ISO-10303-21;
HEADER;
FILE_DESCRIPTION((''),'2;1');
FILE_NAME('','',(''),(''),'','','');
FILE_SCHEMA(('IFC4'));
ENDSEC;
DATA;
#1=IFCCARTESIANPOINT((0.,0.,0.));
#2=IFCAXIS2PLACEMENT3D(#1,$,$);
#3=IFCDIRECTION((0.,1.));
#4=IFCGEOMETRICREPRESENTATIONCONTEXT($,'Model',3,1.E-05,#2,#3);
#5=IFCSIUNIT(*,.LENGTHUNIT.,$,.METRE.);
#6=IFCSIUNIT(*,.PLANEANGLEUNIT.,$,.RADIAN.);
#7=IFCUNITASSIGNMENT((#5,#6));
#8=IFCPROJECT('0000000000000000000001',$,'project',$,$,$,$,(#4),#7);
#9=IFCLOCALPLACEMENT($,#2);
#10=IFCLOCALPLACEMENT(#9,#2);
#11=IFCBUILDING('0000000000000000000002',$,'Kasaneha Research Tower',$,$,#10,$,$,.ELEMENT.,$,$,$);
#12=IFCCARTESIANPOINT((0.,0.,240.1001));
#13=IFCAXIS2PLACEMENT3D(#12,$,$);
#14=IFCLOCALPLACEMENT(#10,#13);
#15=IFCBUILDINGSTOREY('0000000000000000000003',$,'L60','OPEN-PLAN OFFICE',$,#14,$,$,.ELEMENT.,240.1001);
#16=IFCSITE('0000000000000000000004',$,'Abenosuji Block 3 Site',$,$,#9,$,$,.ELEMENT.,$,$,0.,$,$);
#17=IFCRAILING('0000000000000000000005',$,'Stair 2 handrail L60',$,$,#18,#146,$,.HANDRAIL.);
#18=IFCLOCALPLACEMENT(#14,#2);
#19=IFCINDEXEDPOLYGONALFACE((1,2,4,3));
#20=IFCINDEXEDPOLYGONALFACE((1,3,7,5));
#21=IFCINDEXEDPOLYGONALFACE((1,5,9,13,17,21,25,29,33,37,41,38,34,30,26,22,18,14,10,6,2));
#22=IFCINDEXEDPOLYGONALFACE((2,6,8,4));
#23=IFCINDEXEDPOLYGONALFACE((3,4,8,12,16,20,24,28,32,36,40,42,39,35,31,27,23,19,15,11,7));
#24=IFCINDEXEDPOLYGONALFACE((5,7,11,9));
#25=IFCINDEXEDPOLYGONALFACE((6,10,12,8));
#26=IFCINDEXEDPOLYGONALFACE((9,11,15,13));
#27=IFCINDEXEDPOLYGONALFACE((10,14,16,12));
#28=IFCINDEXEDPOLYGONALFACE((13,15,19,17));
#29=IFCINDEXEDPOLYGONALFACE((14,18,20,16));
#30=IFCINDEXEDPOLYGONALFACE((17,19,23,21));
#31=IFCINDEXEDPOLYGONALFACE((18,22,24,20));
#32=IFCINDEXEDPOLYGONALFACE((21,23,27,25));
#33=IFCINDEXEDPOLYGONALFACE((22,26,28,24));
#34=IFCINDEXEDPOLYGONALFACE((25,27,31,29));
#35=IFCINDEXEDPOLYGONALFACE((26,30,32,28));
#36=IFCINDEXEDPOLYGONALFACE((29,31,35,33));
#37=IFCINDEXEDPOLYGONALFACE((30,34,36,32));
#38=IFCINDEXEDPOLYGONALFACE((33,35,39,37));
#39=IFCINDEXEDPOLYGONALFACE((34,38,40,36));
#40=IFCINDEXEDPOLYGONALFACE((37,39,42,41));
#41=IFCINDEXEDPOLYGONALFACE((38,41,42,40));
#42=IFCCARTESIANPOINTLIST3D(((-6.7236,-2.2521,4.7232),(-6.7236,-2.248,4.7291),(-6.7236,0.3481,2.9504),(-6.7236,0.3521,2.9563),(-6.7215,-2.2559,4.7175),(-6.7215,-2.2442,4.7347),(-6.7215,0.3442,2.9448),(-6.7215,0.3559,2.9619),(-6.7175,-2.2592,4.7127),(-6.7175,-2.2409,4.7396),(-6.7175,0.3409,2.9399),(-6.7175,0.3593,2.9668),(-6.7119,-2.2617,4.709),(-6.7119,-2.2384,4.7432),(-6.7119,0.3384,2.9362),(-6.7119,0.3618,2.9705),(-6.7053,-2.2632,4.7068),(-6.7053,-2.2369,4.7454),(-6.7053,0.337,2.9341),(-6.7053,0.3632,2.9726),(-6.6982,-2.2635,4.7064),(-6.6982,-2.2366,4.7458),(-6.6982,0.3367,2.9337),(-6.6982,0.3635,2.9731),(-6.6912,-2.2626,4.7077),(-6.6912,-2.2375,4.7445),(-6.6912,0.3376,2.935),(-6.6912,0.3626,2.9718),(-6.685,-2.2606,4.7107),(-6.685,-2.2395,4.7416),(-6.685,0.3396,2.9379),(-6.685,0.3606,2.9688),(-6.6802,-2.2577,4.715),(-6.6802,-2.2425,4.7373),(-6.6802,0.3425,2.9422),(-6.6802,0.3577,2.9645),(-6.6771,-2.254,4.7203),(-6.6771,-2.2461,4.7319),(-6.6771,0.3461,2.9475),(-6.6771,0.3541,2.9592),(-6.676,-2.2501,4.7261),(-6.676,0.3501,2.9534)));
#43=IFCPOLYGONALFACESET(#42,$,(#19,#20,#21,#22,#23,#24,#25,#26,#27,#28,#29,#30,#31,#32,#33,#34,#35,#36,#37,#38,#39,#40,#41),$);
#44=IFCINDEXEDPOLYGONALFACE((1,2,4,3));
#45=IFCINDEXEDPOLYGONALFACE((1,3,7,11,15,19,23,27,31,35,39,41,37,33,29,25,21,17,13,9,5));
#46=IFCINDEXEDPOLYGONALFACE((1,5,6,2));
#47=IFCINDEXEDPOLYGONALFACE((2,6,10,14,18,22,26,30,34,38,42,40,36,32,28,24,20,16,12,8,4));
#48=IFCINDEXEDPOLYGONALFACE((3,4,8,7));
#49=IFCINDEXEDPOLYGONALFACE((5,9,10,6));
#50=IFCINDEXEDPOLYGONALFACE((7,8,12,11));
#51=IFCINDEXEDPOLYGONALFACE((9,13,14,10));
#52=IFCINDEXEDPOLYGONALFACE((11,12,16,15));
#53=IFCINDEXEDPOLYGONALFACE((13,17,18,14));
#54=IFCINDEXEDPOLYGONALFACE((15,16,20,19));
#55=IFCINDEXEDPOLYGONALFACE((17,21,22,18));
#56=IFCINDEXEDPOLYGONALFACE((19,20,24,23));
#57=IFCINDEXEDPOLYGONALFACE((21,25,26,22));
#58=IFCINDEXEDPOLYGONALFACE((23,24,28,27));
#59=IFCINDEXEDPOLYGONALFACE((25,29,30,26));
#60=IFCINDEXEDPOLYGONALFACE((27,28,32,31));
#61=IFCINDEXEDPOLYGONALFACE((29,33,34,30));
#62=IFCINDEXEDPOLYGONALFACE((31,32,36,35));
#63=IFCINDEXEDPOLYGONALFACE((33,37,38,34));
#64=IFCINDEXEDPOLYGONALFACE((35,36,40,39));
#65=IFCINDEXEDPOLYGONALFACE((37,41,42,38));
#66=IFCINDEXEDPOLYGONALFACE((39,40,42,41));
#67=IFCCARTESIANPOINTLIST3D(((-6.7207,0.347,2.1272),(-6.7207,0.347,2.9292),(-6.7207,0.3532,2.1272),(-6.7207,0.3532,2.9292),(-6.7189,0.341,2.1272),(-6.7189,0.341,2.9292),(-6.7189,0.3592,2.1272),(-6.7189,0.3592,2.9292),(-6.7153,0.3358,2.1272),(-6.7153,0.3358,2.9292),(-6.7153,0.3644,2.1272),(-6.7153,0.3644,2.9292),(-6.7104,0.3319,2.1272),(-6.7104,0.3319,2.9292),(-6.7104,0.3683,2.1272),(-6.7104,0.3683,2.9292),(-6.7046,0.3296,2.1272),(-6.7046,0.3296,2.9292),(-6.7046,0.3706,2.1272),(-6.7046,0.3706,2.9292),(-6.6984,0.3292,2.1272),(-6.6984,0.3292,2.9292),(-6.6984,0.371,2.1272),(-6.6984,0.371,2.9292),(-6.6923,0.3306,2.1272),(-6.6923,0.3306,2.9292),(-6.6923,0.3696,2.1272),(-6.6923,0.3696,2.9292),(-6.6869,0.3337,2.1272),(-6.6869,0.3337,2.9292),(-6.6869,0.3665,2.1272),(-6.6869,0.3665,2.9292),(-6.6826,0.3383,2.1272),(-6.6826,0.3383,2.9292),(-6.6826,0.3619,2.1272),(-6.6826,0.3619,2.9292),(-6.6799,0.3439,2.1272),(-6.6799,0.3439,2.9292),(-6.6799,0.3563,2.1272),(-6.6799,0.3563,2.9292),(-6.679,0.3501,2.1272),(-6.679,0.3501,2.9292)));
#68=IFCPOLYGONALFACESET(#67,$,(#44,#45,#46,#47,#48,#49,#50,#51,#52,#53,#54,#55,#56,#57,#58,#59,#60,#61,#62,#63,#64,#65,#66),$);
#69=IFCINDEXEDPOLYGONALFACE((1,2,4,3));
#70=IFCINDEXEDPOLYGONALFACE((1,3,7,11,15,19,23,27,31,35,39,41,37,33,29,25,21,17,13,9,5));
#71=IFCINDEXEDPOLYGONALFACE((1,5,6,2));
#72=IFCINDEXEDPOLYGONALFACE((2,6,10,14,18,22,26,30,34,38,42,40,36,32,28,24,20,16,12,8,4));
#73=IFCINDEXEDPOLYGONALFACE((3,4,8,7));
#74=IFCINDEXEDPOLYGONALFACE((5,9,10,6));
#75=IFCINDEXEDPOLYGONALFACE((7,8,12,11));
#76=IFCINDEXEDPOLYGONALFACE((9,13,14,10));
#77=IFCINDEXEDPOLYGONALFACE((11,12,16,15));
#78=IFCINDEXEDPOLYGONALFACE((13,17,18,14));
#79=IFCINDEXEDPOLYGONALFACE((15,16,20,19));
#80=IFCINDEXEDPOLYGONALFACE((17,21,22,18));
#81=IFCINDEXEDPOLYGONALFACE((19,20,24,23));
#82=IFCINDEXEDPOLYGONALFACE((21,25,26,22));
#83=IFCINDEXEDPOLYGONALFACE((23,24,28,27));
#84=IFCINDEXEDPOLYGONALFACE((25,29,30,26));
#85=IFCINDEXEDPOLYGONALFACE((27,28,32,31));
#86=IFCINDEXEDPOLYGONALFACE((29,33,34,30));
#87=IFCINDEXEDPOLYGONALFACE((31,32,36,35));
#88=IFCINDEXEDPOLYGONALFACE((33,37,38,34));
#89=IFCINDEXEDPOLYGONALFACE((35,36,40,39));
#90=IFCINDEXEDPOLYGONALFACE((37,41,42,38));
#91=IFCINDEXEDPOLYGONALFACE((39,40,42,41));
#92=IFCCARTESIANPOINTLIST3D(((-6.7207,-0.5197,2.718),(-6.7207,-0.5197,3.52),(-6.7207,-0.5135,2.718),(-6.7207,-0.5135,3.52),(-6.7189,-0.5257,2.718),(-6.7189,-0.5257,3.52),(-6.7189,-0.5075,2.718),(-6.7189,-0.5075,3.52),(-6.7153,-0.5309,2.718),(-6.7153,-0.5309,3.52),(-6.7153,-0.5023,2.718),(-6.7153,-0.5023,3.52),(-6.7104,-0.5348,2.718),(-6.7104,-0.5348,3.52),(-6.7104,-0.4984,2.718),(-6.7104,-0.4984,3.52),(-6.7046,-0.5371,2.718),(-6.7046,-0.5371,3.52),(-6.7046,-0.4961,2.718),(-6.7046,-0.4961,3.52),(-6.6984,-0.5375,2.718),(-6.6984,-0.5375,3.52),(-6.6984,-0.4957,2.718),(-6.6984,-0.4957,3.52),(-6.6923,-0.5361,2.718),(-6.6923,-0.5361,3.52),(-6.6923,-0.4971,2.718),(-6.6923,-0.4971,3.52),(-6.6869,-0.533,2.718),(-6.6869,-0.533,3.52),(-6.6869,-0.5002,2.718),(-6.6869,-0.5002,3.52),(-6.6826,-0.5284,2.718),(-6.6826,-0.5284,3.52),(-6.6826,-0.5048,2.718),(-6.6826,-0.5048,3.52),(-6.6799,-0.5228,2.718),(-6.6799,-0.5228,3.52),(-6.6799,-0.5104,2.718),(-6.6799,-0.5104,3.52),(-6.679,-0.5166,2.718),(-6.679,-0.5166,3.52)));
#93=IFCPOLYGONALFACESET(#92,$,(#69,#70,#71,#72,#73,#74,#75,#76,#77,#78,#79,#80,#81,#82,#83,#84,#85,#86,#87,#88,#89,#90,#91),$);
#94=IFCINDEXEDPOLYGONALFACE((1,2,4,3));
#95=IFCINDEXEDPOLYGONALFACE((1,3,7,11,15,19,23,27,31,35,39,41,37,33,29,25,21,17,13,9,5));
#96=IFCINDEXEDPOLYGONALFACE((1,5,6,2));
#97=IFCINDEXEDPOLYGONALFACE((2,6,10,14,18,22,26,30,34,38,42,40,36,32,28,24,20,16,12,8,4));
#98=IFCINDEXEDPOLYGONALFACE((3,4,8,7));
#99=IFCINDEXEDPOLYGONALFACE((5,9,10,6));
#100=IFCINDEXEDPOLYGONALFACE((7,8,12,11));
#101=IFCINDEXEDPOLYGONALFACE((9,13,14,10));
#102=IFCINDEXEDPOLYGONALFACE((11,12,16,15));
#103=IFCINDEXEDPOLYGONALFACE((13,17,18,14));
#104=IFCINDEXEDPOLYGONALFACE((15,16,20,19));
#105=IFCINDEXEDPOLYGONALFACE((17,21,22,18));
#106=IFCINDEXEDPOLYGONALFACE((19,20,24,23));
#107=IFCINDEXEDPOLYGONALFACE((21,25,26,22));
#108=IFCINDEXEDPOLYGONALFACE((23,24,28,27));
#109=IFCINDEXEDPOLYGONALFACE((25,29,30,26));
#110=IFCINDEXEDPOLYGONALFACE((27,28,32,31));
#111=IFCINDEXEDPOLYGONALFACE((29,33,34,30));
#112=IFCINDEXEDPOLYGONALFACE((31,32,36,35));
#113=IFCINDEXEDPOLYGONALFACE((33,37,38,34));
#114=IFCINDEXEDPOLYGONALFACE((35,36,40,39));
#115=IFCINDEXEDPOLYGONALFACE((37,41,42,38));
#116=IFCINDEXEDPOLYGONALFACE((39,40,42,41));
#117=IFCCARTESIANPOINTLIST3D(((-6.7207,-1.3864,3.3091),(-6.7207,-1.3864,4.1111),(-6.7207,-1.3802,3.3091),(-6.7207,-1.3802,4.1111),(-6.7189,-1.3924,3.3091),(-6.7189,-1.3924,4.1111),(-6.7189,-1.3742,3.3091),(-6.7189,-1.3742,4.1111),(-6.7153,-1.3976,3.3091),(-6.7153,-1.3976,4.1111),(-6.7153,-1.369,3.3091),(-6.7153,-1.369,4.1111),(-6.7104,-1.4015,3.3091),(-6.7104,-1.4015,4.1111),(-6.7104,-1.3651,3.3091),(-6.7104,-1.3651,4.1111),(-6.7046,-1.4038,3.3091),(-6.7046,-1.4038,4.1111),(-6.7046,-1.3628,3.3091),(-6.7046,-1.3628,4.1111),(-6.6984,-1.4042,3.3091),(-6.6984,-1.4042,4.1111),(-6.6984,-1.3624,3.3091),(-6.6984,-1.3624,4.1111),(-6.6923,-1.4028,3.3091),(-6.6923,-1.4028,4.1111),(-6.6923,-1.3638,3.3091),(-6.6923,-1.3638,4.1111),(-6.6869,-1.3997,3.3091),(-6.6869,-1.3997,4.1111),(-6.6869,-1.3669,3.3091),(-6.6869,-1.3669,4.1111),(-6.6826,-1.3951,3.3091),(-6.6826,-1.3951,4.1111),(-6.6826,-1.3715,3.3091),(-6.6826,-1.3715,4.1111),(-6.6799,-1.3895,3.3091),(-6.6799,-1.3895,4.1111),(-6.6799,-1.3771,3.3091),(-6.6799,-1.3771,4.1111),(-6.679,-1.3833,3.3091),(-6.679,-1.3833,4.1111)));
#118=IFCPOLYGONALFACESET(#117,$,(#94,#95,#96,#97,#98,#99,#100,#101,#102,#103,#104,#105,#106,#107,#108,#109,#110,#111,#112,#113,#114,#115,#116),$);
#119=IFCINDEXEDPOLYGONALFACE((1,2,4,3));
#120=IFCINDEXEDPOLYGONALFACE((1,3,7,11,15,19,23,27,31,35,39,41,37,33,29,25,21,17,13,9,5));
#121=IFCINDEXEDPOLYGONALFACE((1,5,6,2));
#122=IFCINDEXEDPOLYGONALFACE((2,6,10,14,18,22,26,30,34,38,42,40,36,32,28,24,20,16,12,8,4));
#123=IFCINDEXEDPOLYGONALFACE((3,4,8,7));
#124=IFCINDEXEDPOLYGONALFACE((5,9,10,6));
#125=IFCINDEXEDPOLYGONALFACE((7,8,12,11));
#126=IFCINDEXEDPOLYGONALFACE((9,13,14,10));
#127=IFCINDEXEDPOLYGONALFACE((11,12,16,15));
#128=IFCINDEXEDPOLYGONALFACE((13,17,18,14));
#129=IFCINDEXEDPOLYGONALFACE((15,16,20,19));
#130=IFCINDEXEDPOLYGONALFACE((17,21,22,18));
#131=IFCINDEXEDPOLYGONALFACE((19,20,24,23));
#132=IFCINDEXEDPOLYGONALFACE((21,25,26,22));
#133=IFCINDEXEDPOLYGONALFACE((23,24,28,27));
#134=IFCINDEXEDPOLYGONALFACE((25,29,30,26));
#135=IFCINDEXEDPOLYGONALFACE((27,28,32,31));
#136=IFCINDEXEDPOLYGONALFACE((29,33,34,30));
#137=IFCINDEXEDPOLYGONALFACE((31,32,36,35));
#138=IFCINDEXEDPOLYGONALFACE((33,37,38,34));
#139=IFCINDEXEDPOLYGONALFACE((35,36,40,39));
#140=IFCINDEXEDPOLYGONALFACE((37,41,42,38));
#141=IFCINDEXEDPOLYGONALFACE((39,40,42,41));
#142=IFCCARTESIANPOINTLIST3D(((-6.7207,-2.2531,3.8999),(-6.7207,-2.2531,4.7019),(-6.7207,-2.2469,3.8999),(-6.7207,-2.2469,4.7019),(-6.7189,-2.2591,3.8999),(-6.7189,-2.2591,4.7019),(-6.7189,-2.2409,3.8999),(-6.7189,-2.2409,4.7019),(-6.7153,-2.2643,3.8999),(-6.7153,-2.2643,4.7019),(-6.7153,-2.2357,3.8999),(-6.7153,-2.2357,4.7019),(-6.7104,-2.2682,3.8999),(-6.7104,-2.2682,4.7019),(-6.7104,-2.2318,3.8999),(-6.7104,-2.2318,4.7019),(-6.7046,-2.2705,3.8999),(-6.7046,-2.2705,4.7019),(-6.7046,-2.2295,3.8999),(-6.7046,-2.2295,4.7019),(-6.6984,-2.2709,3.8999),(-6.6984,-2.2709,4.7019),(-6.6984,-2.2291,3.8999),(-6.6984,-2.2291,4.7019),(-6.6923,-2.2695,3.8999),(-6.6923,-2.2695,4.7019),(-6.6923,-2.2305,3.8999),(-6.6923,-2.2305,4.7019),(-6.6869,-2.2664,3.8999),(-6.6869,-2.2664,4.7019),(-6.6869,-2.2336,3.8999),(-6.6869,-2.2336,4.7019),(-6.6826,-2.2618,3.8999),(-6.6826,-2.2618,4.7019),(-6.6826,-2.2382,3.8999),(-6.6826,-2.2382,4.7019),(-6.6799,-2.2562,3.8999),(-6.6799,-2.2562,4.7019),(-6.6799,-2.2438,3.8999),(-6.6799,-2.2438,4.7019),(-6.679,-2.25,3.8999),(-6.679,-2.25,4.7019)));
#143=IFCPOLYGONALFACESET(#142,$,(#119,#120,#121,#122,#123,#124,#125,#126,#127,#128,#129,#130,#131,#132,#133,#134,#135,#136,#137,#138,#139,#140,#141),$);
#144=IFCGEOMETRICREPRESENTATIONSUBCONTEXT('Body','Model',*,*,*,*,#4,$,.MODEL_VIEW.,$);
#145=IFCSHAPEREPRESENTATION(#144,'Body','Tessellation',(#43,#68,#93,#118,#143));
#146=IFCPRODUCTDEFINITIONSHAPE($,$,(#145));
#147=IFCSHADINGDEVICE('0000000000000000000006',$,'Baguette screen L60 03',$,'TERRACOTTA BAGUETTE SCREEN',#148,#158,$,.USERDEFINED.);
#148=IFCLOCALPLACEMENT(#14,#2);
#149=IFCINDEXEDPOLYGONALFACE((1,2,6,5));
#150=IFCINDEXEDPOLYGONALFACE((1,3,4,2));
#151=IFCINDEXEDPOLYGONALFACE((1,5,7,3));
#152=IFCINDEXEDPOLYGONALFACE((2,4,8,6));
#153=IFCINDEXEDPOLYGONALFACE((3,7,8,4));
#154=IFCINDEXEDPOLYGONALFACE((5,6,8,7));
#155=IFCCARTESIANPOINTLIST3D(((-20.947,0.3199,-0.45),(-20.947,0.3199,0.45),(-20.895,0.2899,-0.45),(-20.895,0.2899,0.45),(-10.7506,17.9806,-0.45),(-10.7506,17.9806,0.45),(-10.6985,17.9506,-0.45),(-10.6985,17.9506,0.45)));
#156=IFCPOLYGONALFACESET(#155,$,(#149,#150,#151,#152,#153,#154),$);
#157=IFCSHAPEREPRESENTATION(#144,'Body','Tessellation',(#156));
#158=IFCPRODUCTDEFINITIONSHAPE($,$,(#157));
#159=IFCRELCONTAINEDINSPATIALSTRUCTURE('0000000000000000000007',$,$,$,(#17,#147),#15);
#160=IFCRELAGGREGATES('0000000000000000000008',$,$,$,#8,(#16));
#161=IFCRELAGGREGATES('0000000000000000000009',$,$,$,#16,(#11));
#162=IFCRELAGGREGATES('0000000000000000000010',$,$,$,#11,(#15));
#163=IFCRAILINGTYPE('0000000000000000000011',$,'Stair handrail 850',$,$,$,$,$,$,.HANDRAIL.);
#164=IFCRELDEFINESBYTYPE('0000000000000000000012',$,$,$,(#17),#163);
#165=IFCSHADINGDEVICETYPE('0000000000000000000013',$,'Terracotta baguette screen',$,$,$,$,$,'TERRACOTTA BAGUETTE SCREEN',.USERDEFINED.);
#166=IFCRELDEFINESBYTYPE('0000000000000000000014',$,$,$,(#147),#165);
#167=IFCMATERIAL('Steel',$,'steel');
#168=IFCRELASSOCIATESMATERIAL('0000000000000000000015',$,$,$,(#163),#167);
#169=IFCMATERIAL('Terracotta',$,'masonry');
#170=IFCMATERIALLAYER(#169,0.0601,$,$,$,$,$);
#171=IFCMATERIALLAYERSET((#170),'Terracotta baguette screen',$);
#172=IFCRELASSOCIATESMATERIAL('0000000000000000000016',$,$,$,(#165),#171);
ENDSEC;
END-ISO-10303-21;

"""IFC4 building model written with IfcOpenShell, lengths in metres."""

from ifc_helpers import new_model, si_unit, direction, frame, origin, origin_2d, place, context, subcontext, project, spatial, rectangle, circle, extrude, material, layer, layer_set, type_object, element, save


model = new_model("IFC4")

# Units and contexts
model_context = context("Model", 3, precision=1e-05, world=origin(), true_north=direction((0.0, 1.0)))
body_context = subcontext(model_context, "Body", "Model", "MODEL_VIEW")
ifc_project = project(units=[si_unit("LENGTHUNIT", "METRE"), si_unit("PLANEANGLEUNIT", "RADIAN")], contexts=[model_context])

# Site, building, storey
site_placement = place(None, origin())
site = spatial("IfcSite", under=ifc_project, at=site_placement, Name="Abenosuji Block 3 Site", CompositionType="ELEMENT", RefElevation=0.0)
building_placement = place(site_placement, origin())
building = spatial("IfcBuilding", under=site, at=building_placement, Name="Kasaneha Research Tower", CompositionType="ELEMENT")
storey_placement = place(building_placement, frame((0.0, 0.0, 240.1001)))
storey = spatial("IfcBuildingStorey", under=building, at=storey_placement, Name="L60", Description="OPEN-PLAN OFFICE", CompositionType="ELEMENT", Elevation=240.1001)

# Railing
ifc_material_1 = material(Name="Steel", Category="steel")
railing_type_1 = type_object("IfcRailingType", Name="Stair handrail 850", PredefinedType="HANDRAIL", material=ifc_material_1)
railing_1_placement = place(storey_placement, frame((-6.7, 0.3501, 2.1272)))
element("IfcRailing", 1, at=railing_1_placement, inside=storey, type_object=railing_type_1, Name="Stair 2 handrail L60", PredefinedType="HANDRAIL", context=body_context, shape_type="SweptSolid", body=[
    extrude(circle(Radius=0.0239, at=origin_2d()), frame((0.0, 0.0, 0.8262), z_axis=(0.0, -0.82624, 0.563318), x_axis=(1.0, 0.0, 0.0)), (0.0, 0.0, 1.0), 3.147),
    extrude(circle(Radius=0.021, at=origin_2d()), origin(), (0.0, 0.0, 1.0), 0.802),
    extrude(circle(Radius=0.021, at=origin_2d()), frame((0.0, -0.8667, 0.5908)), (0.0, 0.0, 1.0), 0.802),
    extrude(circle(Radius=0.021, at=origin_2d()), frame((0.0, -1.7334, 1.1819)), (0.0, 0.0, 1.0), 0.802),
    extrude(circle(Radius=0.021, at=origin_2d()), frame((0.0, -2.6001, 1.7727)), (0.0, 0.0, 1.0), 0.802),
])

# Shading device
ifc_material_2 = material(Name="Terracotta", Category="masonry")
ifc_layer_1 = layer(ifc_material_2, 0.0601)
ifc_layer_set_1 = layer_set([ifc_layer_1], Name="Terracotta baguette screen")
shading_device_type = type_object("IfcShadingDeviceType", Name="Terracotta baguette screen", ElementType="TERRACOTTA BAGUETTE SCREEN", PredefinedType="USERDEFINED", material=ifc_layer_set_1)
shading_device_placement = place(storey_placement, frame((-15.8228, 9.1353, -0.45), z_axis=(0.0, 0.0, 1.0), x_axis=(-0.5, -0.866025, 0.0)))
element("IfcShadingDevice", 2, at=shading_device_placement, inside=storey, type_object=shading_device_type, Name="Baguette screen L60 03", ObjectType="TERRACOTTA BAGUETTE SCREEN", PredefinedType="USERDEFINED", context=body_context, shape_type="SweptSolid", body=[
    extrude(rectangle(XDim=20.3928, YDim=0.0601, at=origin_2d()), origin(), (0.0, 0.0, 1.0), 0.8999),
])

save(model, "model.ifc")
